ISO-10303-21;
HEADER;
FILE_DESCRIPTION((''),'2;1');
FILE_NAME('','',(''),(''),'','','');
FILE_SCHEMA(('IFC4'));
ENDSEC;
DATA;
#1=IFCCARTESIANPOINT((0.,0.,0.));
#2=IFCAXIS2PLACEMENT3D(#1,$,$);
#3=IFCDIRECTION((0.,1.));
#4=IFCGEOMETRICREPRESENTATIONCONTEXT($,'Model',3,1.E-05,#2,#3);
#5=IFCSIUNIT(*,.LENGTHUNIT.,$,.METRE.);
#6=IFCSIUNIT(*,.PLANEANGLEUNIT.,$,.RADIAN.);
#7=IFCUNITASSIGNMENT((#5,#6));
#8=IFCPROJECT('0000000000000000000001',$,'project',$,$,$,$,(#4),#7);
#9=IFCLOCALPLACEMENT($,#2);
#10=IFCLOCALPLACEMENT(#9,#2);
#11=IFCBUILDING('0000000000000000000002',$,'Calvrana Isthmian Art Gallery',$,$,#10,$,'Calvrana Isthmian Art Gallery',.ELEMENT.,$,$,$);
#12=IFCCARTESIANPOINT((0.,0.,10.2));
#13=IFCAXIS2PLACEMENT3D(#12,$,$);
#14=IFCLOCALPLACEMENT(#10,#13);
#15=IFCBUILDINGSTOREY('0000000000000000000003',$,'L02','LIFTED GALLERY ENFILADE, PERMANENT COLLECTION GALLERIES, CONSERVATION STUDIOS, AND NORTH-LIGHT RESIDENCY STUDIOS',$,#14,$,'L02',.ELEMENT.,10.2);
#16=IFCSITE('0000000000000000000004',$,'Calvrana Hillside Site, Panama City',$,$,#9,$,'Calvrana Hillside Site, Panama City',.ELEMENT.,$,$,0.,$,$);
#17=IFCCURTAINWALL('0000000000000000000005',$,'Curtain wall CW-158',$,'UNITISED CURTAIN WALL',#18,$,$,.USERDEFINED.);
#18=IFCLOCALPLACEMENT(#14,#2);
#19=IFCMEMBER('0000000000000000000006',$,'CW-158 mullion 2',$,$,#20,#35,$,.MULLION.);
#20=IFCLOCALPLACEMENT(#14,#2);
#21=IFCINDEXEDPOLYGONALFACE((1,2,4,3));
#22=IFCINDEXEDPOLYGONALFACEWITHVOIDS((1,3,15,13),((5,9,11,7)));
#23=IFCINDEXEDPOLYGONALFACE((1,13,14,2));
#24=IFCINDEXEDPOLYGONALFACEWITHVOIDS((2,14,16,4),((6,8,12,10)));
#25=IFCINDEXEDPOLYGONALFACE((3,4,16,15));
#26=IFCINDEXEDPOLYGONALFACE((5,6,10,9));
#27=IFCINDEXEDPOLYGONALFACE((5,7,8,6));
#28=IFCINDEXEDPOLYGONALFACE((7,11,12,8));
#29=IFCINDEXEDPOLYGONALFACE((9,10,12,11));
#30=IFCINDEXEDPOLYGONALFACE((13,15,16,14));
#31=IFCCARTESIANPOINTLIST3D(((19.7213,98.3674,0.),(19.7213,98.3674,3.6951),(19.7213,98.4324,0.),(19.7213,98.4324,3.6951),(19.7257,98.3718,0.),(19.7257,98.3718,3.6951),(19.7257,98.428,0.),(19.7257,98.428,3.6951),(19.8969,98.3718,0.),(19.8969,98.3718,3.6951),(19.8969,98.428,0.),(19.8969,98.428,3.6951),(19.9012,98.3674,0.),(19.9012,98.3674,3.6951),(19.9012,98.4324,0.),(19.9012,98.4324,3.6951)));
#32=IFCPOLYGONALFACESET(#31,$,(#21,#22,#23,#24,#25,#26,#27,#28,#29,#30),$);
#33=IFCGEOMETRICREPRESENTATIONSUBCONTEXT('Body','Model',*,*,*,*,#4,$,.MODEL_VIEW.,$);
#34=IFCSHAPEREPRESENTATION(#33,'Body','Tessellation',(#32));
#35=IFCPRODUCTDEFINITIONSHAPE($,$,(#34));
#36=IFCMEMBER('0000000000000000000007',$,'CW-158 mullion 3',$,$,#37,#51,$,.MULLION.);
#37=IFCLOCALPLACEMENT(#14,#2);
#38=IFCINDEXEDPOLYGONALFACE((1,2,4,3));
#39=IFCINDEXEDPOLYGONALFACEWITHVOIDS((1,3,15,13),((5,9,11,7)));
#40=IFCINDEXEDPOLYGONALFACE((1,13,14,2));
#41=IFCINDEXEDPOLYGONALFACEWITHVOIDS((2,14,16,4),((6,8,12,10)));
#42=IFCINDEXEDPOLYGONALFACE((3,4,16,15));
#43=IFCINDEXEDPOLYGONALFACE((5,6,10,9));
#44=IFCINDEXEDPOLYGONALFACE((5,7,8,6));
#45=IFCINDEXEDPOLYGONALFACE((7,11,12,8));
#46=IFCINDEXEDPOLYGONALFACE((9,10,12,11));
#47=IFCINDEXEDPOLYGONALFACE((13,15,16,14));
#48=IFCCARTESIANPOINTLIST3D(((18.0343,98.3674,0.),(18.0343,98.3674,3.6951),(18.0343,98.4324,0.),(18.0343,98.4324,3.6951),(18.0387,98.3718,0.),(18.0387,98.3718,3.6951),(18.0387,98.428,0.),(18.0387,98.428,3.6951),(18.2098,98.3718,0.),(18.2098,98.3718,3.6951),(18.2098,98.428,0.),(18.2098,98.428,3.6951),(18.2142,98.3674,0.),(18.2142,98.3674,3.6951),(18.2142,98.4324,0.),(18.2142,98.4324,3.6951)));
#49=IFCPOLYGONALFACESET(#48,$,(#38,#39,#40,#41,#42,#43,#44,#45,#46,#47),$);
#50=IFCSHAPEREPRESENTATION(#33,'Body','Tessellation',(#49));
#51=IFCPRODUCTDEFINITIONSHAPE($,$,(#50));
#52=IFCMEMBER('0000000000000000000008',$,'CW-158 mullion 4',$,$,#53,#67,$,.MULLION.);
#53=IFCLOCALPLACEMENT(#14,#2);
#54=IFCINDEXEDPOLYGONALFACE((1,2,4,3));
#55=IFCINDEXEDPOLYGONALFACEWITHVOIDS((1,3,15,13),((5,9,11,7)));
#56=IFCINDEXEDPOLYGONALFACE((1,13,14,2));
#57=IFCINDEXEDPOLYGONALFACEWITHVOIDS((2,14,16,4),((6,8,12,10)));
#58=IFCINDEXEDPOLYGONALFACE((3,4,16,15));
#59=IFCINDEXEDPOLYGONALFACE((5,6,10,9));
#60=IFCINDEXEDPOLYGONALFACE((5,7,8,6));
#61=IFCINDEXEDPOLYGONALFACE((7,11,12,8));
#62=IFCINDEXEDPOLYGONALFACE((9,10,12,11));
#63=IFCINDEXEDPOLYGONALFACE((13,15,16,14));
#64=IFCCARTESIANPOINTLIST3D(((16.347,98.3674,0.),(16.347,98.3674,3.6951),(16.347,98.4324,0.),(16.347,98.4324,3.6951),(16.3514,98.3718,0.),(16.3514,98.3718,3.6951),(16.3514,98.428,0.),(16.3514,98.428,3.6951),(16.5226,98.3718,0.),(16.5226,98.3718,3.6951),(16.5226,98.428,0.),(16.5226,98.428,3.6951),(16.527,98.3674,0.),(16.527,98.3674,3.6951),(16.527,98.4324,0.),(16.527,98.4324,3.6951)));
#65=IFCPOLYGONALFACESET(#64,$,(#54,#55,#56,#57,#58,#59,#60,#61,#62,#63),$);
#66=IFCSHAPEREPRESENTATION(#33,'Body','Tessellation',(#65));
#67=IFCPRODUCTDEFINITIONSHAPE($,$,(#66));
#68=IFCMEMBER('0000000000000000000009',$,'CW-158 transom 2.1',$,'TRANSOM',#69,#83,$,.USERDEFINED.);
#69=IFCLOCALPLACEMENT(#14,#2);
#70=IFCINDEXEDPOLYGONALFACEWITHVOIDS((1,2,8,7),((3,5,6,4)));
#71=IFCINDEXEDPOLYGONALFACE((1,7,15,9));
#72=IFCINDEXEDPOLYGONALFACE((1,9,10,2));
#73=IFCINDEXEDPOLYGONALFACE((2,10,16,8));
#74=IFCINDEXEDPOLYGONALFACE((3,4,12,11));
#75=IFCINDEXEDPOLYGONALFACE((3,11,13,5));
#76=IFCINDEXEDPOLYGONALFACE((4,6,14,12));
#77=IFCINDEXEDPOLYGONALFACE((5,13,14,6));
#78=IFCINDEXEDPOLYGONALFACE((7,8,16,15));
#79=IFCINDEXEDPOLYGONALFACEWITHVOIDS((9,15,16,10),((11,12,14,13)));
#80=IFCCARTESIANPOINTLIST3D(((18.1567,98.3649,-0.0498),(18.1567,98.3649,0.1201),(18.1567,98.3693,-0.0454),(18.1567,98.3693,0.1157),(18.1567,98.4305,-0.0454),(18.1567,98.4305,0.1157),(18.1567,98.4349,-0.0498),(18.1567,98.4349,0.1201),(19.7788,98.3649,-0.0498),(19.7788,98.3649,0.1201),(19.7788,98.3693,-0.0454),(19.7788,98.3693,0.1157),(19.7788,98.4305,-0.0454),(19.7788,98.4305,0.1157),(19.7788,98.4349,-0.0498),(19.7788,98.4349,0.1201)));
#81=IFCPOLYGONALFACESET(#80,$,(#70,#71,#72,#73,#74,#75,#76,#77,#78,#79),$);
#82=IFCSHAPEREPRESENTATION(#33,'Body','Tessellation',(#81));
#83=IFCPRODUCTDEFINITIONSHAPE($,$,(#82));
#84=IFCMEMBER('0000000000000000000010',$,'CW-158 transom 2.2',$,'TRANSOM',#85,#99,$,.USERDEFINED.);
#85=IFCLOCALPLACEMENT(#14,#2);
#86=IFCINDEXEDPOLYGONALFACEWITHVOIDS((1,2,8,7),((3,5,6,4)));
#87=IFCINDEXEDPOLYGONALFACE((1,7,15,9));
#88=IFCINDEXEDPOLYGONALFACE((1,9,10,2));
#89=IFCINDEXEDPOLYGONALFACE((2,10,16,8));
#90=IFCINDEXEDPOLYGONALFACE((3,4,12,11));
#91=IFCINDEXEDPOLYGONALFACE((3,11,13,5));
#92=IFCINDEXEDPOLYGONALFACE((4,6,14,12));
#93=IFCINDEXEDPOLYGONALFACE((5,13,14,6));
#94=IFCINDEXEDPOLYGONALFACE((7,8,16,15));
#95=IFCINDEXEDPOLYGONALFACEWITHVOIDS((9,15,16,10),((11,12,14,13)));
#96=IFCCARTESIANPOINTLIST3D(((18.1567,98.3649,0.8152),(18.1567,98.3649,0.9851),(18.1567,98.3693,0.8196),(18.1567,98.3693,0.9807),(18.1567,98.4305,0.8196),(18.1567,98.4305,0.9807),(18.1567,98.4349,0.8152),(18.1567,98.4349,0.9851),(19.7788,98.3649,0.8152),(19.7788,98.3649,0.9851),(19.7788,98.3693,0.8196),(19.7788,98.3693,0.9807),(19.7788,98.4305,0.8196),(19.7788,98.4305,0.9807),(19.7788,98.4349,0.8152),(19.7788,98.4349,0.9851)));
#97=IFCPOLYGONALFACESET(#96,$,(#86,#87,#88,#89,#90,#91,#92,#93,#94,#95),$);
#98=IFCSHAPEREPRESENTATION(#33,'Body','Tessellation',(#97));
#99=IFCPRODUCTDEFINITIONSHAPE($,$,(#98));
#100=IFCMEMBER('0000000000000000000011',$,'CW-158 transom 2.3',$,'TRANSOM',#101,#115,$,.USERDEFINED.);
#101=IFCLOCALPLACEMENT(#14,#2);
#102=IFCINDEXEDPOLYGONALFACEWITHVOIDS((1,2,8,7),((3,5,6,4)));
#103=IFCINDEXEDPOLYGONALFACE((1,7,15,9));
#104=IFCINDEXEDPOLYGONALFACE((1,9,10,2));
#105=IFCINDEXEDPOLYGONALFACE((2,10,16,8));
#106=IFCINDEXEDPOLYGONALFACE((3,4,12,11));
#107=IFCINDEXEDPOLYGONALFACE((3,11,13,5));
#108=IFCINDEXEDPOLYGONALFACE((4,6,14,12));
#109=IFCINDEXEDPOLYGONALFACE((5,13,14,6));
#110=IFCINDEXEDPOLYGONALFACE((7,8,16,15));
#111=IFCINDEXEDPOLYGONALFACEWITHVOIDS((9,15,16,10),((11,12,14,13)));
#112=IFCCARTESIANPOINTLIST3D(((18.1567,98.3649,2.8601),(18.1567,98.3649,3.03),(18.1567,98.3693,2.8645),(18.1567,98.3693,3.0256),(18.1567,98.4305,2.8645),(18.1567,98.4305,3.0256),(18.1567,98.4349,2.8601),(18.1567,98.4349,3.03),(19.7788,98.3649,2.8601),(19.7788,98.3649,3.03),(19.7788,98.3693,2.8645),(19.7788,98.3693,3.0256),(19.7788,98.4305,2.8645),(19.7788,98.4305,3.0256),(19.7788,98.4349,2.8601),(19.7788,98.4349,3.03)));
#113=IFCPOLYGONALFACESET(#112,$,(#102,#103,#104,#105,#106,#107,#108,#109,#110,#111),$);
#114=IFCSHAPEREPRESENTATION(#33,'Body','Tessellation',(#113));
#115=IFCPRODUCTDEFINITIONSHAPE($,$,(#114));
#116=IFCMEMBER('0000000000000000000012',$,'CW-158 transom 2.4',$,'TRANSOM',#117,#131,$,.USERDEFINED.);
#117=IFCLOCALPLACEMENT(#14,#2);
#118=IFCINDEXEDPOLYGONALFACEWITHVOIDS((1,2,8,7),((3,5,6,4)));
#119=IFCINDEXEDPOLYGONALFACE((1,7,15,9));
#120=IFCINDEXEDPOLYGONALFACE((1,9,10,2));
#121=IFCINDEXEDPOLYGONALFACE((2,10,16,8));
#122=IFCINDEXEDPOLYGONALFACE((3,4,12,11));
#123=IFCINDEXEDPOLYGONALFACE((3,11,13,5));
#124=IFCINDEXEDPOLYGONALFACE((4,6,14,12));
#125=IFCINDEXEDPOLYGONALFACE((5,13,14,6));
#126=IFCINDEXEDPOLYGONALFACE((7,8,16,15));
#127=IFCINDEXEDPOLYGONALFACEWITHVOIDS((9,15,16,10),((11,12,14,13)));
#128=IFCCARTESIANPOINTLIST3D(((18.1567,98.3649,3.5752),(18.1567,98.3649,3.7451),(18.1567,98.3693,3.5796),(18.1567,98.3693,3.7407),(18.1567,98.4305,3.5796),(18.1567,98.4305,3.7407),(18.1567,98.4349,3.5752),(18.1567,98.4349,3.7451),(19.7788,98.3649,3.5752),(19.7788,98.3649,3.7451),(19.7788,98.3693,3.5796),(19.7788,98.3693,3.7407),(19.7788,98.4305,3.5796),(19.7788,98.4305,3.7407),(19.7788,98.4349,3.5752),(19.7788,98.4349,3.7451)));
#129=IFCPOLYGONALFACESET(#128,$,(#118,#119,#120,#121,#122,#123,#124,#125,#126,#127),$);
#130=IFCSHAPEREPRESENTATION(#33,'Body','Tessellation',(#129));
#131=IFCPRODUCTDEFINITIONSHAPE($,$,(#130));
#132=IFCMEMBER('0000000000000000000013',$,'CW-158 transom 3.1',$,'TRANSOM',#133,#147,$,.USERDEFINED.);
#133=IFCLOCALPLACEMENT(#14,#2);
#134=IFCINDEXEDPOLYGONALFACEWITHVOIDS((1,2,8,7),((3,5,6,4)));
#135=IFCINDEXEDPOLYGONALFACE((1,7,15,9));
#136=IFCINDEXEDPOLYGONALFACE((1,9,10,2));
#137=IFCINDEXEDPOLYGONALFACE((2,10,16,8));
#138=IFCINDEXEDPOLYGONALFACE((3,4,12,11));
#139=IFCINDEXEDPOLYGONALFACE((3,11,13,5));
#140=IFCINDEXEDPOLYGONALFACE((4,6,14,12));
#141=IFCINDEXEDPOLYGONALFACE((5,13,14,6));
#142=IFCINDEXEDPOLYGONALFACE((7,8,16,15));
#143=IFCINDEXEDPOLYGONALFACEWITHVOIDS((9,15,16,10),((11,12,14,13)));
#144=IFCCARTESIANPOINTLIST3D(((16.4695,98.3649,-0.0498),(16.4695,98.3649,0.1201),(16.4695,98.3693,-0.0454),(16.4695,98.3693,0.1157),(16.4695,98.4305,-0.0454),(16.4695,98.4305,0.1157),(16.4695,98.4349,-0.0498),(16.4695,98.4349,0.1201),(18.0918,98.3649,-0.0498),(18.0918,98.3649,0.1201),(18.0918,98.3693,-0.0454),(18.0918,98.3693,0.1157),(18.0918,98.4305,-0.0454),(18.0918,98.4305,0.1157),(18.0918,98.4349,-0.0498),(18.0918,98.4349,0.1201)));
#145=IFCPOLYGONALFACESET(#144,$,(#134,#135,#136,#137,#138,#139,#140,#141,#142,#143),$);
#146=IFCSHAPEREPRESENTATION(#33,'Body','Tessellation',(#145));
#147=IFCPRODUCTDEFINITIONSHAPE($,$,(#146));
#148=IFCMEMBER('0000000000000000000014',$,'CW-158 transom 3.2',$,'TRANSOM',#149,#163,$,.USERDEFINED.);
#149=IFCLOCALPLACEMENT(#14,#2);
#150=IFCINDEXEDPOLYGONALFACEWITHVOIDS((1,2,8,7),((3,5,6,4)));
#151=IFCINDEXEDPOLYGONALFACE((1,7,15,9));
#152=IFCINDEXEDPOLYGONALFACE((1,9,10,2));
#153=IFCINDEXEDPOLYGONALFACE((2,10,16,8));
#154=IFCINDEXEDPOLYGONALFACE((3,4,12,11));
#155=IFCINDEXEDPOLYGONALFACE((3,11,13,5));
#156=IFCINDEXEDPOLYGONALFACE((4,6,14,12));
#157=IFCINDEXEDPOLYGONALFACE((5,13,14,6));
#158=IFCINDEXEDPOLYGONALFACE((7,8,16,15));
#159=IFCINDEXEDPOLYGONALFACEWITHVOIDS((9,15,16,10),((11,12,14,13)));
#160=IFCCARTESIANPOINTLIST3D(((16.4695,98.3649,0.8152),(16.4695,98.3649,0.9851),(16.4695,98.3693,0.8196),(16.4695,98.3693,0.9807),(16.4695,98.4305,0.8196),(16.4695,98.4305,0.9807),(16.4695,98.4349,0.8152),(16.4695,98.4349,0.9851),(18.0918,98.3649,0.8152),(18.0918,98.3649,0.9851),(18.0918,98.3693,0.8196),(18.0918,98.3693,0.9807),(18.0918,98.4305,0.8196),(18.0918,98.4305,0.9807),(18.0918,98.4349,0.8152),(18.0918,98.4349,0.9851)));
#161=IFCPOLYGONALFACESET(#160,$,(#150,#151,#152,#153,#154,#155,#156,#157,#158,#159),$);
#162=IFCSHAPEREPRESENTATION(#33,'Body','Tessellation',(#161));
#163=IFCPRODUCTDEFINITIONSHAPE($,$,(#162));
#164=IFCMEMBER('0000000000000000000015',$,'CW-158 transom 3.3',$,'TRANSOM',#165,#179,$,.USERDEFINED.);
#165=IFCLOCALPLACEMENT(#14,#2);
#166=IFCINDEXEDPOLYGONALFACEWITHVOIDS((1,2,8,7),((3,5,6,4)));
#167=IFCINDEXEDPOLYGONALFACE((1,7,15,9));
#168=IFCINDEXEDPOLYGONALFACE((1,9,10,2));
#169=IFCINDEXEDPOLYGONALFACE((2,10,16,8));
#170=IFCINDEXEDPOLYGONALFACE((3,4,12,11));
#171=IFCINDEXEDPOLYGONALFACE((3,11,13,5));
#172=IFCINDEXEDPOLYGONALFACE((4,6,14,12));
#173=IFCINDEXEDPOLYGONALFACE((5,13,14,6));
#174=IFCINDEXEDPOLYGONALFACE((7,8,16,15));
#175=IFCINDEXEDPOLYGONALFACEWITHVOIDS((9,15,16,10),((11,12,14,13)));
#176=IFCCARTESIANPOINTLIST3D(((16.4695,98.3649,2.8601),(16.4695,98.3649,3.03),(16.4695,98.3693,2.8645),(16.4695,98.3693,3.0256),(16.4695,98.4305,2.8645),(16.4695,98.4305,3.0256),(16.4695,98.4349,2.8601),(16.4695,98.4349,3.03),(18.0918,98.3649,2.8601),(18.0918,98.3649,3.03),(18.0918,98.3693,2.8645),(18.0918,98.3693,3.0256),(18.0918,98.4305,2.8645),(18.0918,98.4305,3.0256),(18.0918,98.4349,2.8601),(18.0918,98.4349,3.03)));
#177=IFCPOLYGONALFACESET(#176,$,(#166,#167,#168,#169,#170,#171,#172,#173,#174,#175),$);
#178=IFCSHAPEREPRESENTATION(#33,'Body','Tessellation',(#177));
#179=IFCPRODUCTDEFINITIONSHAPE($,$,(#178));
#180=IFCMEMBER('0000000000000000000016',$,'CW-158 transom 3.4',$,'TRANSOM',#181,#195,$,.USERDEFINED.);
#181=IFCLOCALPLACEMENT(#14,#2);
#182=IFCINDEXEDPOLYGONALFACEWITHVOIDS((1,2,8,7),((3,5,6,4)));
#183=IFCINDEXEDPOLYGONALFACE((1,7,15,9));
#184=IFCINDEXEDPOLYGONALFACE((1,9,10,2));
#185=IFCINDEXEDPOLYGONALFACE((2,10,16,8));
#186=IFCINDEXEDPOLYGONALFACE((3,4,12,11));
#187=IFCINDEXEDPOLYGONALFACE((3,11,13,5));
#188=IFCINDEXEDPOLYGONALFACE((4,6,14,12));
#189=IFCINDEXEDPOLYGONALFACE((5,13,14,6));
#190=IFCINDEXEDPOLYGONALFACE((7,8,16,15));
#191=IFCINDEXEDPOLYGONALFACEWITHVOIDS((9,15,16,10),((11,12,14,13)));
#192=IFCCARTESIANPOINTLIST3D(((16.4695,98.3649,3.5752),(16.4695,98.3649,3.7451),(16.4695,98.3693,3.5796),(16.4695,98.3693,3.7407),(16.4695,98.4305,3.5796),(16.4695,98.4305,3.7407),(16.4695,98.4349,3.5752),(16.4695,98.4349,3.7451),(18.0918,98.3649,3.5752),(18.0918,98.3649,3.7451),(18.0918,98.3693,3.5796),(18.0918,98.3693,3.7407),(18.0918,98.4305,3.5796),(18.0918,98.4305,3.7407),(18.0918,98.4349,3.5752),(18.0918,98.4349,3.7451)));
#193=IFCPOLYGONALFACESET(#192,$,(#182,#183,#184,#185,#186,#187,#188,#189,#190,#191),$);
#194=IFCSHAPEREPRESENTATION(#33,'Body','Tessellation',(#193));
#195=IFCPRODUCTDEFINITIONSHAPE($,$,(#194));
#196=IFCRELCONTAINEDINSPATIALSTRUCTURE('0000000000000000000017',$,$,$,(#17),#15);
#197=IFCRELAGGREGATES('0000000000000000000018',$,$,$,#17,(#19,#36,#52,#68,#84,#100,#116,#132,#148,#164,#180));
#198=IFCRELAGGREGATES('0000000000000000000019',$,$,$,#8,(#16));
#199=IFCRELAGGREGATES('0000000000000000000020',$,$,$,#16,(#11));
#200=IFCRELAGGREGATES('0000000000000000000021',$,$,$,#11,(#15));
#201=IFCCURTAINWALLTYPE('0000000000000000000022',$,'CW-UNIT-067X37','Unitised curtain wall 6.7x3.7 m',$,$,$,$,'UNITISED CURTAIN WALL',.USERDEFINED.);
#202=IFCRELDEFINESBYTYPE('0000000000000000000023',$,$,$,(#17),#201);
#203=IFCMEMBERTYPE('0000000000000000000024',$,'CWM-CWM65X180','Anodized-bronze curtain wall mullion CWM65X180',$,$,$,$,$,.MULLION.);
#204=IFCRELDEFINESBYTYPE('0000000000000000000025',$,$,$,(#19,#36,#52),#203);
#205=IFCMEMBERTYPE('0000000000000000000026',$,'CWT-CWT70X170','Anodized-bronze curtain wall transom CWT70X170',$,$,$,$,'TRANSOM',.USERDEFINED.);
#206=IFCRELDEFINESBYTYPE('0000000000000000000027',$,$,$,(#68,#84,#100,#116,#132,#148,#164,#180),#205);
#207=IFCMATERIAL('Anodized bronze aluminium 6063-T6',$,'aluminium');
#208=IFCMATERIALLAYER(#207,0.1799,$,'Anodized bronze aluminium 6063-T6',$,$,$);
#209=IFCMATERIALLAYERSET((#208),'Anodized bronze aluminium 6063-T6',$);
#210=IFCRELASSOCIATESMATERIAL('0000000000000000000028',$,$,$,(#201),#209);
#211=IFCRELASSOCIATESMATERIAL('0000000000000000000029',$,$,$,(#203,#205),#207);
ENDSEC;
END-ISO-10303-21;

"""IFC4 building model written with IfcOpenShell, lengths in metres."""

from ifc_helpers import new_model, si_unit, direction, frame, origin, origin_2d, place, context, subcontext, project, spatial, hollow_rectangle, extrude, material, layer, layer_set, material_profile, profile_set, type_object, element, aggregate, save


model = new_model("IFC4")

# Units and contexts
model_context = context("Model", 3, precision=1e-05, world=origin(), true_north=direction((0.0, 1.0)))
body_context = subcontext(model_context, "Body", "Model", "MODEL_VIEW")
ifc_project = project(units=[si_unit("LENGTHUNIT", "METRE"), si_unit("PLANEANGLEUNIT", "RADIAN")], contexts=[model_context])

# Site, building, storey
site_placement = place(None, origin())
site = spatial("IfcSite", under=ifc_project, at=site_placement, Name="Calvrana Hillside Site, Panama City", LongName="Calvrana Hillside Site, Panama City", CompositionType="ELEMENT", RefElevation=0.0)
building_placement = place(site_placement, origin())
building = spatial("IfcBuilding", under=site, at=building_placement, Name="Calvrana Isthmian Art Gallery", LongName="Calvrana Isthmian Art Gallery", CompositionType="ELEMENT")
storey_placement = place(building_placement, frame((0.0, 0.0, 10.2)))
storey = spatial("IfcBuildingStorey", under=building, at=storey_placement, Name="L02", Description="LIFTED GALLERY ENFILADE, PERMANENT COLLECTION GALLERIES, CONSERVATION STUDIOS, AND NORTH-LIGHT RESIDENCY STUDIOS", LongName="L02", CompositionType="ELEMENT", Elevation=10.2)

# Curtain wall, members
ifc_material_1 = material(Name="Anodized bronze aluminium 6063-T6", Category="aluminium")
ifc_layer_1 = layer(ifc_material_1, 0.1799, Name="Anodized bronze aluminium 6063-T6")
ifc_layer_set_1 = layer_set([ifc_layer_1], Name="Anodized bronze aluminium 6063-T6")
curtain_wall_type = type_object("IfcCurtainWallType", Name="CW-UNIT-067X37", Description="Unitised curtain wall 6.7x3.7 m", ElementType="UNITISED CURTAIN WALL", PredefinedType="USERDEFINED", material=ifc_layer_set_1)
curtain_wall_placement = place(storey_placement, origin())
curtain_wall = element("IfcCurtainWall", 1, at=curtain_wall_placement, inside=storey, type_object=curtain_wall_type, Name="Curtain wall CW-158", ObjectType="UNITISED CURTAIN WALL", PredefinedType="USERDEFINED")
ifc_material_profile_1 = material_profile(ifc_material_1, hollow_rectangle(XDim=0.0649, YDim=0.1799, WallThickness=0.0044, at=origin_2d()), Name="CWM65X180")
ifc_profile_set_1 = profile_set([ifc_material_profile_1], Name="Anodized bronze aluminium 6063-T6")
member_type_1 = type_object("IfcMemberType", Name="CWM-CWM65X180", Description="Anodized-bronze curtain wall mullion CWM65X180", PredefinedType="MULLION", material=ifc_profile_set_1)
member_1_placement = place(storey_placement, frame((19.8113, 98.3999, 0.0), z_axis=(0.0, 0.0, 1.0), x_axis=(0.0, -1.0, 0.0)))
member_1 = element("IfcMember", 2, at=member_1_placement, type_object=member_type_1, Name="CW-158 mullion 2", PredefinedType="MULLION", context=body_context, shape_type="SweptSolid", body=[
    extrude(hollow_rectangle(XDim=0.0649, YDim=0.1799, WallThickness=0.0044, at=origin_2d()), origin(), (0.0, 0.0, 1.0), 3.6951),
])
member_2_placement = place(storey_placement, frame((18.1243, 98.3999, 0.0), z_axis=(0.0, 0.0, 1.0), x_axis=(0.0, -1.0, 0.0)))
member_2 = element("IfcMember", 3, at=member_2_placement, type_object=member_type_1, Name="CW-158 mullion 3", PredefinedType="MULLION", context=body_context, shape_type="SweptSolid", body=[
    extrude(hollow_rectangle(XDim=0.0649, YDim=0.1799, WallThickness=0.0044, at=origin_2d()), origin(), (0.0, 0.0, 1.0), 3.6951),
])
member_3_placement = place(storey_placement, frame((16.437, 98.3999, 0.0), z_axis=(0.0, 0.0, 1.0), x_axis=(0.0, -1.0, 0.0)))
member_3 = element("IfcMember", 4, at=member_3_placement, type_object=member_type_1, Name="CW-158 mullion 4", PredefinedType="MULLION", context=body_context, shape_type="SweptSolid", body=[
    extrude(hollow_rectangle(XDim=0.0649, YDim=0.1799, WallThickness=0.0044, at=origin_2d()), origin(), (0.0, 0.0, 1.0), 3.6951),
])
ifc_material_profile_2 = material_profile(ifc_material_1, hollow_rectangle(XDim=0.0701, YDim=0.1699, WallThickness=0.0044, at=origin_2d()), Name="CWT70X170")
ifc_profile_set_2 = profile_set([ifc_material_profile_2], Name="Anodized bronze aluminium 6063-T6")
member_type_2 = type_object("IfcMemberType", Name="CWT-CWT70X170", Description="Anodized-bronze curtain wall transom CWT70X170", ElementType="TRANSOM", PredefinedType="USERDEFINED", material=ifc_profile_set_2)
member_4_placement = place(storey_placement, frame((19.7788, 98.3999, 0.0352), z_axis=(-1.0, 0.0, 0.0), x_axis=(0.0, -1.0, 0.0)))
member_4 = element("IfcMember", 5, at=member_4_placement, type_object=member_type_2, Name="CW-158 transom 2.1", ObjectType="TRANSOM", PredefinedType="USERDEFINED", context=body_context, shape_type="SweptSolid", body=[
    extrude(hollow_rectangle(XDim=0.0701, YDim=0.1699, WallThickness=0.0044, at=origin_2d()), origin(), (0.0, 0.0, 1.0), 1.6221),
])
member_5_placement = place(storey_placement, frame((19.7788, 98.3999, 0.9001), z_axis=(-1.0, 0.0, 0.0), x_axis=(0.0, -1.0, 0.0)))
member_5 = element("IfcMember", 6, at=member_5_placement, type_object=member_type_2, Name="CW-158 transom 2.2", ObjectType="TRANSOM", PredefinedType="USERDEFINED", context=body_context, shape_type="SweptSolid", body=[
    extrude(hollow_rectangle(XDim=0.0701, YDim=0.1699, WallThickness=0.0044, at=origin_2d()), origin(), (0.0, 0.0, 1.0), 1.6221),
])
member_6_placement = place(storey_placement, frame((19.7788, 98.3999, 2.9451), z_axis=(-1.0, 0.0, 0.0), x_axis=(0.0, -1.0, 0.0)))
member_6 = element("IfcMember", 7, at=member_6_placement, type_object=member_type_2, Name="CW-158 transom 2.3", ObjectType="TRANSOM", PredefinedType="USERDEFINED", context=body_context, shape_type="SweptSolid", body=[
    extrude(hollow_rectangle(XDim=0.0701, YDim=0.1699, WallThickness=0.0044, at=origin_2d()), origin(), (0.0, 0.0, 1.0), 1.6221),
])
member_7_placement = place(storey_placement, frame((19.7788, 98.3999, 3.6602), z_axis=(-1.0, 0.0, 0.0), x_axis=(0.0, -1.0, 0.0)))
member_7 = element("IfcMember", 8, at=member_7_placement, type_object=member_type_2, Name="CW-158 transom 2.4", ObjectType="TRANSOM", PredefinedType="USERDEFINED", context=body_context, shape_type="SweptSolid", body=[
    extrude(hollow_rectangle(XDim=0.0701, YDim=0.1699, WallThickness=0.0044, at=origin_2d()), origin(), (0.0, 0.0, 1.0), 1.6221),
])
member_8_placement = place(storey_placement, frame((18.0918, 98.3999, 0.0352), z_axis=(-1.0, 0.0, 0.0), x_axis=(0.0, -1.0, 0.0)))
member_8 = element("IfcMember", 9, at=member_8_placement, type_object=member_type_2, Name="CW-158 transom 3.1", ObjectType="TRANSOM", PredefinedType="USERDEFINED", context=body_context, shape_type="SweptSolid", body=[
    extrude(hollow_rectangle(XDim=0.0701, YDim=0.1699, WallThickness=0.0044, at=origin_2d()), origin(), (0.0, 0.0, 1.0), 1.6223),
])
member_9_placement = place(storey_placement, frame((18.0918, 98.3999, 0.9001), z_axis=(-1.0, 0.0, 0.0), x_axis=(0.0, -1.0, 0.0)))
member_9 = element("IfcMember", 10, at=member_9_placement, type_object=member_type_2, Name="CW-158 transom 3.2", ObjectType="TRANSOM", PredefinedType="USERDEFINED", context=body_context, shape_type="SweptSolid", body=[
    extrude(hollow_rectangle(XDim=0.0701, YDim=0.1699, WallThickness=0.0044, at=origin_2d()), origin(), (0.0, 0.0, 1.0), 1.6223),
])
member_10_placement = place(storey_placement, frame((18.0918, 98.3999, 2.9451), z_axis=(-1.0, 0.0, 0.0), x_axis=(0.0, -1.0, 0.0)))
member_10 = element("IfcMember", 11, at=member_10_placement, type_object=member_type_2, Name="CW-158 transom 3.3", ObjectType="TRANSOM", PredefinedType="USERDEFINED", context=body_context, shape_type="SweptSolid", body=[
    extrude(hollow_rectangle(XDim=0.0701, YDim=0.1699, WallThickness=0.0044, at=origin_2d()), origin(), (0.0, 0.0, 1.0), 1.6223),
])
member_11_placement = place(storey_placement, frame((18.0918, 98.3999, 3.6602), z_axis=(-1.0, 0.0, 0.0), x_axis=(0.0, -1.0, 0.0)))
member_11 = element("IfcMember", 12, at=member_11_placement, type_object=member_type_2, Name="CW-158 transom 3.4", ObjectType="TRANSOM", PredefinedType="USERDEFINED", context=body_context, shape_type="SweptSolid", body=[
    extrude(hollow_rectangle(XDim=0.0701, YDim=0.1699, WallThickness=0.0044, at=origin_2d()), origin(), (0.0, 0.0, 1.0), 1.6223),
])
aggregate(curtain_wall, [member_1, member_2, member_3, member_4, member_5, member_6, member_7, member_8, member_9, member_10, member_11])

save(model, "model.ifc")
